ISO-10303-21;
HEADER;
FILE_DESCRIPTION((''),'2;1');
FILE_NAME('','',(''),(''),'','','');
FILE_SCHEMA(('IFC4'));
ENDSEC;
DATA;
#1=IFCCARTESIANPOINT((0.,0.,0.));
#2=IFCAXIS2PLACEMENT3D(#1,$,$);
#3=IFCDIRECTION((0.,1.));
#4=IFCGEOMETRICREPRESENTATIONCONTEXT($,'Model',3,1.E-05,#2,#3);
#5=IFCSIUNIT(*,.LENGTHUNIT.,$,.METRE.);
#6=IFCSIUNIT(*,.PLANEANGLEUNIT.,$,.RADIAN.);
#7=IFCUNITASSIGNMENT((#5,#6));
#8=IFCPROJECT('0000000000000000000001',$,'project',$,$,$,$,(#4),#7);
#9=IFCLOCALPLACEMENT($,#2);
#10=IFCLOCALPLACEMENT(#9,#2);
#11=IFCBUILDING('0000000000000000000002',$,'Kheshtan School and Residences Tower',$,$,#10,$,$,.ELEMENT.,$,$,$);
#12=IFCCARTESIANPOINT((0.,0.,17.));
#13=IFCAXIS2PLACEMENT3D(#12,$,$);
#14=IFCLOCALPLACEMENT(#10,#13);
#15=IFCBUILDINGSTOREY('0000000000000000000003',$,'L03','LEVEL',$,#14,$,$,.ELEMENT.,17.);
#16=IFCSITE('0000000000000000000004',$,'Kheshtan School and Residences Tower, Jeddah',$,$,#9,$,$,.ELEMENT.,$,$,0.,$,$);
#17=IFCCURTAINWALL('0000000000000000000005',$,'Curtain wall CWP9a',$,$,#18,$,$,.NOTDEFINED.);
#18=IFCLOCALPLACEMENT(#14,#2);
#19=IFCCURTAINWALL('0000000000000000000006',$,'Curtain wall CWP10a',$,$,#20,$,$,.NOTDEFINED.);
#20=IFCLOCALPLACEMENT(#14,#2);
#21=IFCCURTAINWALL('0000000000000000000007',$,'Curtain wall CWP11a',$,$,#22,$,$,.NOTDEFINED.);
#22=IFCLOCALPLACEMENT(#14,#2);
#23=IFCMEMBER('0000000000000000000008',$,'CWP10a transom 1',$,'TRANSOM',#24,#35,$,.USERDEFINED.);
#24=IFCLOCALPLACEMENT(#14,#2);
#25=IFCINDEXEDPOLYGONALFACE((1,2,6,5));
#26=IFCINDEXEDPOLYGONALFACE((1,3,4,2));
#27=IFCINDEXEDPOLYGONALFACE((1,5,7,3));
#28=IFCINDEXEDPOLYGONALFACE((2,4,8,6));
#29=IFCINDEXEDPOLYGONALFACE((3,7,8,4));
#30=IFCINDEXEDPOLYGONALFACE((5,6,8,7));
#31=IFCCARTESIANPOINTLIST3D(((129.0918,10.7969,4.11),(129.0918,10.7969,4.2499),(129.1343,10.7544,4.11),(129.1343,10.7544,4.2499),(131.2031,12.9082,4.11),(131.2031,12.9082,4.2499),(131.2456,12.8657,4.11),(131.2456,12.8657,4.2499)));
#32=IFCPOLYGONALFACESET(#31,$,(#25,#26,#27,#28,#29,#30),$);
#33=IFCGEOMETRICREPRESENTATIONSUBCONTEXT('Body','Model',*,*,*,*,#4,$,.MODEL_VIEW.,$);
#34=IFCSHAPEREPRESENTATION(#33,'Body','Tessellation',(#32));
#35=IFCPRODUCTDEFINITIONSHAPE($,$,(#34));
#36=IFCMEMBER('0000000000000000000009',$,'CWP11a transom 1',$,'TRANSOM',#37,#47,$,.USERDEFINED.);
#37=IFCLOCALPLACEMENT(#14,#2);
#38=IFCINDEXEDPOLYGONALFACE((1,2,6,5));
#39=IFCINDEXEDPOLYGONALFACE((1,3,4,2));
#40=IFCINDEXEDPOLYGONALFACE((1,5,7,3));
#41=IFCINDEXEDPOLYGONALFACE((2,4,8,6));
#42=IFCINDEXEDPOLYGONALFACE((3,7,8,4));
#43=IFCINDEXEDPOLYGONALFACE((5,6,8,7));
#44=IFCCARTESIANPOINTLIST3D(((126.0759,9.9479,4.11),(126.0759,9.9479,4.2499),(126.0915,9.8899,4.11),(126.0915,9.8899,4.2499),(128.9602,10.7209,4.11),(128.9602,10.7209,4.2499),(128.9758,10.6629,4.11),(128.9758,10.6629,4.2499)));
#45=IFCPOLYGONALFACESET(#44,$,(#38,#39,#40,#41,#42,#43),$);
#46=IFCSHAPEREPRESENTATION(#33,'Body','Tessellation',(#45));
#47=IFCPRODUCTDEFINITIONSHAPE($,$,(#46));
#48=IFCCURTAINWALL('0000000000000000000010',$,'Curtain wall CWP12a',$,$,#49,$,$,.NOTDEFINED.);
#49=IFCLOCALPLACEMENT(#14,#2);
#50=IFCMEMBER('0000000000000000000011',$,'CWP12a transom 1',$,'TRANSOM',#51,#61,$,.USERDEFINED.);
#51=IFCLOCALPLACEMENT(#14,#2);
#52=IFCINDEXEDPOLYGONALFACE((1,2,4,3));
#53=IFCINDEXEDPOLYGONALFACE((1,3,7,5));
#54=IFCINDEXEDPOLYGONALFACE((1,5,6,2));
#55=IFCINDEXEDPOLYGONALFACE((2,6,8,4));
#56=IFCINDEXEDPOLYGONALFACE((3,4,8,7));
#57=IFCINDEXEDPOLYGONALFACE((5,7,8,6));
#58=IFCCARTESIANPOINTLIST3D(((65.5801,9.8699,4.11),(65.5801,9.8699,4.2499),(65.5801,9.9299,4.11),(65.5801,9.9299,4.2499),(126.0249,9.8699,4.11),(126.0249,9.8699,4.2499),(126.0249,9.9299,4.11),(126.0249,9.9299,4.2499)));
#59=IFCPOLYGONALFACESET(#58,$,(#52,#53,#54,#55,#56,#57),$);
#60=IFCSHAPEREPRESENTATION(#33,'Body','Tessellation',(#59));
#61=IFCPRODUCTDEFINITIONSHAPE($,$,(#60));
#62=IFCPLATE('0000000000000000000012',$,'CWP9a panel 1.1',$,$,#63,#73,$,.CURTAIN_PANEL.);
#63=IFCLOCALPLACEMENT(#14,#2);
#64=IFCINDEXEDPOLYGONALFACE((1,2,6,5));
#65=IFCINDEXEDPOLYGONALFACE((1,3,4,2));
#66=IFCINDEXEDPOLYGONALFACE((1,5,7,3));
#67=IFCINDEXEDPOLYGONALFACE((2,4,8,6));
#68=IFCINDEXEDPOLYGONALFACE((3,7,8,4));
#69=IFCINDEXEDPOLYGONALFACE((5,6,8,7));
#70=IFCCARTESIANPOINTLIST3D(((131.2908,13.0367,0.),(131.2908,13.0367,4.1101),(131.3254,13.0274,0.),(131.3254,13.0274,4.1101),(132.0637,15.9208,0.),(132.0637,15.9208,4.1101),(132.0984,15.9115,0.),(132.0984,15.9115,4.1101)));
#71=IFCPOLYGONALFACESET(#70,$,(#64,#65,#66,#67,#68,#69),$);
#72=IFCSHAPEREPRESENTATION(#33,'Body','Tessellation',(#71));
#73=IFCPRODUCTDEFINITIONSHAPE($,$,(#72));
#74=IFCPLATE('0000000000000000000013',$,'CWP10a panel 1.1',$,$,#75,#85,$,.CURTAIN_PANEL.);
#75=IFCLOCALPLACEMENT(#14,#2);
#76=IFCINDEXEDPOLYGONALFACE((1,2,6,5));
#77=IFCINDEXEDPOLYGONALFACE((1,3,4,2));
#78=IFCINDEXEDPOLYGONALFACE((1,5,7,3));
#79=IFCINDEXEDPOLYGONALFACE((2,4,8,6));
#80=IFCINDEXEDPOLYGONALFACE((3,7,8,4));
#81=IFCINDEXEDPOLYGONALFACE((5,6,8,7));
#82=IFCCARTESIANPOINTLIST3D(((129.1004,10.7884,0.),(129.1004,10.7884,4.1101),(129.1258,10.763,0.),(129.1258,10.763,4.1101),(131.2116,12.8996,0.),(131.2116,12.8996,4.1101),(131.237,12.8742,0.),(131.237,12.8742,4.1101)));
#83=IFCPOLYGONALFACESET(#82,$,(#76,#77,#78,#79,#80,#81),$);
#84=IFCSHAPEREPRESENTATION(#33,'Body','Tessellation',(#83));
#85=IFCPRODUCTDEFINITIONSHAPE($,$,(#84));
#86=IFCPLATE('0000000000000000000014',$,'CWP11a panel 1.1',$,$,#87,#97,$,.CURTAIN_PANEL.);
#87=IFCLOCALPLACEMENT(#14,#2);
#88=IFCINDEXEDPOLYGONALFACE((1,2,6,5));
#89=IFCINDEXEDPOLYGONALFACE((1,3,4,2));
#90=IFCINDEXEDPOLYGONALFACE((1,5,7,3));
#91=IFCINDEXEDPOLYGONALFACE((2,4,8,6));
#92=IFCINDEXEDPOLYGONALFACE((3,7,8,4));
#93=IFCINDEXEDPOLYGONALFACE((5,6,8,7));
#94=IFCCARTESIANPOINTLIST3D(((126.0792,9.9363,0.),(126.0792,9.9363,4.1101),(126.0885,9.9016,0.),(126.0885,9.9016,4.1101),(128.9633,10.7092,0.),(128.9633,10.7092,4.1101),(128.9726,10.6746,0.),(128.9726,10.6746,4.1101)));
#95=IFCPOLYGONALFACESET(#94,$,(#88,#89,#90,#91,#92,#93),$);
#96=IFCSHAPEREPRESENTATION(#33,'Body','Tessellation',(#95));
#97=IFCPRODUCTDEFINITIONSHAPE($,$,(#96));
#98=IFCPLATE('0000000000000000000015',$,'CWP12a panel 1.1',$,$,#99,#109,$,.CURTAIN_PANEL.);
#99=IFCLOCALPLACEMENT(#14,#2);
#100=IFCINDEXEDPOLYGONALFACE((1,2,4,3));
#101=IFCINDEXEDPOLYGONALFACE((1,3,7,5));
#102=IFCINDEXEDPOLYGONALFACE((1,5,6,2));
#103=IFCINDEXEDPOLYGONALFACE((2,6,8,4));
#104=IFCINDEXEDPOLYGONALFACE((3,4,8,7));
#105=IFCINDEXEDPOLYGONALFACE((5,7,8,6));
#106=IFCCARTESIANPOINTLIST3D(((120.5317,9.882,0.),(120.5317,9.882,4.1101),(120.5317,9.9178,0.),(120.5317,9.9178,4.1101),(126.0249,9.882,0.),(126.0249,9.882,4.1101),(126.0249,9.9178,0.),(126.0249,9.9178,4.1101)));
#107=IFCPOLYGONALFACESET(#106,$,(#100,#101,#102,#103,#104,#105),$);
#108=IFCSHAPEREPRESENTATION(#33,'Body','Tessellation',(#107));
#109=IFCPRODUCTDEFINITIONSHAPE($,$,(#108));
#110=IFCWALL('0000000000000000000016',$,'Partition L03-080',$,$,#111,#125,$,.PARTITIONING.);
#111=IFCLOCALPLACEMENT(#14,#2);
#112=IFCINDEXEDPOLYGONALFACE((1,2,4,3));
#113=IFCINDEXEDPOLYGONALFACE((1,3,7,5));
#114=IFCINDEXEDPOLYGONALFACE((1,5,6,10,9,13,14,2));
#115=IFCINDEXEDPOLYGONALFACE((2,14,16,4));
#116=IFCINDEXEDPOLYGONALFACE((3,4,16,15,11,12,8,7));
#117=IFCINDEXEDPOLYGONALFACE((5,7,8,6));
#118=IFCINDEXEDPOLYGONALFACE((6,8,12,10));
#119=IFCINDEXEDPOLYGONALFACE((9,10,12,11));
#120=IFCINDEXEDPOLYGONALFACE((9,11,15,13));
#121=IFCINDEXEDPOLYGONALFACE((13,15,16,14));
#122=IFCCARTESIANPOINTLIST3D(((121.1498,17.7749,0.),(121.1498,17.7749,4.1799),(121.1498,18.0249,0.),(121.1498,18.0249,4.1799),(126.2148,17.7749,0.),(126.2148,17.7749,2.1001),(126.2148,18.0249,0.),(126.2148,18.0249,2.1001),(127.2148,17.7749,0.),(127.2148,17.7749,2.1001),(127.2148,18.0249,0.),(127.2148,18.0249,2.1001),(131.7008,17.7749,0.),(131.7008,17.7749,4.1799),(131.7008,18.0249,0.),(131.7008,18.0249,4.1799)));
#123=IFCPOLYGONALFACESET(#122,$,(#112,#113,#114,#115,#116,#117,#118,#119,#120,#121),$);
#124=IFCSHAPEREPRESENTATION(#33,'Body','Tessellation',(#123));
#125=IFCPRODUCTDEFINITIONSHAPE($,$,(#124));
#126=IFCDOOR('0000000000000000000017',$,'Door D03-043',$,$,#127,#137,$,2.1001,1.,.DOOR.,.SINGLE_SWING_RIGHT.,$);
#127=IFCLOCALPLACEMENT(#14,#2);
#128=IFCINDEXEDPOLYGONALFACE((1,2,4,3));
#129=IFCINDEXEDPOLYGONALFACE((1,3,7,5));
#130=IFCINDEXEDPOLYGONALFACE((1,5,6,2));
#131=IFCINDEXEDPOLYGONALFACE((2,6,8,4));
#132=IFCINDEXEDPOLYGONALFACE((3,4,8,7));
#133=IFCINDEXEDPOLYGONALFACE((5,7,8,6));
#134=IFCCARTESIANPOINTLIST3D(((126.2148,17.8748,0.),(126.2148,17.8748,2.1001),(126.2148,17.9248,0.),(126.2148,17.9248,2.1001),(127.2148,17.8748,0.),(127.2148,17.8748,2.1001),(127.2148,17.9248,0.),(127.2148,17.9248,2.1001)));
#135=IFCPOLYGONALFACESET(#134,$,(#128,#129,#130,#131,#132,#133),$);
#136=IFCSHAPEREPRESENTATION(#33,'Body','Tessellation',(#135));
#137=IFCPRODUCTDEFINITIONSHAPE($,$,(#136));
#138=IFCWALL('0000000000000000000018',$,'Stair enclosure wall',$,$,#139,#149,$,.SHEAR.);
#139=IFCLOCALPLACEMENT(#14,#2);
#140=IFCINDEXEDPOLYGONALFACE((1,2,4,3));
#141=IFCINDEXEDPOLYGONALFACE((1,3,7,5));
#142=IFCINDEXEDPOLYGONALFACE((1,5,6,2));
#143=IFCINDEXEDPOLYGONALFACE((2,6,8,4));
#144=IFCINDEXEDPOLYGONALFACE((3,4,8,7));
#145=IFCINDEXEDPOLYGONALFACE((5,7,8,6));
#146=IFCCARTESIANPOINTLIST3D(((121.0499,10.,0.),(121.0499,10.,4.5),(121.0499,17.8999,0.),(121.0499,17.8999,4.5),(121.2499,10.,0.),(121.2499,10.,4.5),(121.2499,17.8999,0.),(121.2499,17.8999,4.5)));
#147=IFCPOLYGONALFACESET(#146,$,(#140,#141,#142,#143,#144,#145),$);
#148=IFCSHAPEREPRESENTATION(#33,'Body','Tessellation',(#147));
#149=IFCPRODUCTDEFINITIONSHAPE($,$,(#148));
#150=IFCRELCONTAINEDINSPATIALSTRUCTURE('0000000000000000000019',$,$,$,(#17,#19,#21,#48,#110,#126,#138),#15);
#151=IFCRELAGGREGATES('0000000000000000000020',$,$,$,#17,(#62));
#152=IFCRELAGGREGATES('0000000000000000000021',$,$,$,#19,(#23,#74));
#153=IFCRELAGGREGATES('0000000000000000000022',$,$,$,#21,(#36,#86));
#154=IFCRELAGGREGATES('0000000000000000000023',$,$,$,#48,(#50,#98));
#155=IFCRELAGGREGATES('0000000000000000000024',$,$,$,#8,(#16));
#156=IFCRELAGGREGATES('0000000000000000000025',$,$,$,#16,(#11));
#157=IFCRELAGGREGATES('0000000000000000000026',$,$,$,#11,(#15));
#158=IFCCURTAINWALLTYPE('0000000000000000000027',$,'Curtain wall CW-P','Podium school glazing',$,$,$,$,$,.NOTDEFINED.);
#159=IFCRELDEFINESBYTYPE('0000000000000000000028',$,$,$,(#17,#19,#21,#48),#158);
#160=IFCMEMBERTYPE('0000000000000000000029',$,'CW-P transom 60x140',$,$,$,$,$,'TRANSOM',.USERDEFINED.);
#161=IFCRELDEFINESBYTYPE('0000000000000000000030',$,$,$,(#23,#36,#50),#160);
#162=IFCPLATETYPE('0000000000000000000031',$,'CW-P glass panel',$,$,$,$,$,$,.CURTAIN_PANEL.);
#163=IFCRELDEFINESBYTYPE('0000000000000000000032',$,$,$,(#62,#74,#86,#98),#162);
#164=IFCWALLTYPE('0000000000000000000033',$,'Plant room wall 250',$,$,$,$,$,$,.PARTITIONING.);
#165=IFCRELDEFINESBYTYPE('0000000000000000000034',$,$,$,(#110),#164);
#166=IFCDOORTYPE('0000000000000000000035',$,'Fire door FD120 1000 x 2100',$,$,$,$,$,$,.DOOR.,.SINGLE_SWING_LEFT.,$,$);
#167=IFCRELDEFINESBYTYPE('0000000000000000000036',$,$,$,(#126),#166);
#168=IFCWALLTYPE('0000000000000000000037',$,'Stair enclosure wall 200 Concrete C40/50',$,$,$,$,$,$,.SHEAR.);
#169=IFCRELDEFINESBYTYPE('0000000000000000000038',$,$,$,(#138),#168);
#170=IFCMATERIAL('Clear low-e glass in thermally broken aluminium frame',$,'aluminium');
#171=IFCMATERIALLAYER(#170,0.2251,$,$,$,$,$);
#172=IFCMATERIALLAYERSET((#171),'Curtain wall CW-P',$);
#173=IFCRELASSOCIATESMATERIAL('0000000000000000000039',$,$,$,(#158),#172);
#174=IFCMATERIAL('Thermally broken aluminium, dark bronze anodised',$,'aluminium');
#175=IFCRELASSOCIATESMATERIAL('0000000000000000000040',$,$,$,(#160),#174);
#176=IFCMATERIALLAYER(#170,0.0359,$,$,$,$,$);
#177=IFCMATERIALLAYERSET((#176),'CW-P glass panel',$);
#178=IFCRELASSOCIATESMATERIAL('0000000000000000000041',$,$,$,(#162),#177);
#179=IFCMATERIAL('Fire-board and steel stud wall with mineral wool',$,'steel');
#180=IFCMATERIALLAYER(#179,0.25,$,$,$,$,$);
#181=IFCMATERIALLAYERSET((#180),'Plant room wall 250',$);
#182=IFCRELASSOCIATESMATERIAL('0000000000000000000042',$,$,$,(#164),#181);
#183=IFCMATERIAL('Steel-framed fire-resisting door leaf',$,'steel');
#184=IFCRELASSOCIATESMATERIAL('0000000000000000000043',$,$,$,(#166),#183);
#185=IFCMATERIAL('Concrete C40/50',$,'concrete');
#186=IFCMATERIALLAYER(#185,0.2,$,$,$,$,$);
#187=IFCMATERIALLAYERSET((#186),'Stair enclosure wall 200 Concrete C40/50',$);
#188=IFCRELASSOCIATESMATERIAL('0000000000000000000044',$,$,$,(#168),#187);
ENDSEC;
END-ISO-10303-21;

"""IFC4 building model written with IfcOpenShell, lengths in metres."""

from ifc_helpers import new_model, si_unit, direction, frame, frame_2d, origin, origin_2d, place, context, subcontext, project, spatial, rectangle, extrude, source, transform, mapped, material, layer, layer_set, material_profile, profile_set, type_object, element, fill, aggregate, save


model = new_model("IFC4")

# Units and contexts
model_context = context("Model", 3, precision=1e-05, world=origin(), true_north=direction((0.0, 1.0)))
body_context = subcontext(model_context, "Body", "Model", "MODEL_VIEW")
ifc_project = project(units=[si_unit("LENGTHUNIT", "METRE"), si_unit("PLANEANGLEUNIT", "RADIAN")], contexts=[model_context])

# Site, building, storey
site_placement = place(None, origin())
site = spatial("IfcSite", under=ifc_project, at=site_placement, Name="Kheshtan School and Residences Tower, Jeddah", CompositionType="ELEMENT", RefElevation=0.0)
building_placement = place(site_placement, origin())
building = spatial("IfcBuilding", under=site, at=building_placement, Name="Kheshtan School and Residences Tower", CompositionType="ELEMENT")
storey_placement = place(building_placement, frame((0.0, 0.0, 17.0)))
storey = spatial("IfcBuildingStorey", under=building, at=storey_placement, Name="L03", Description="LEVEL", CompositionType="ELEMENT", Elevation=17.0)

# Curtain walls
ifc_material_1 = material(Name="Clear low-e glass in thermally broken aluminium frame", Category="aluminium")
ifc_layer_1 = layer(ifc_material_1, 0.2251)
ifc_layer_set_1 = layer_set([ifc_layer_1], Name="Curtain wall CW-P")
curtain_wall_type = type_object("IfcCurtainWallType", Name="Curtain wall CW-P", Description="Podium school glazing", PredefinedType="NOTDEFINED", material=ifc_layer_set_1)
curtain_wall_1_placement = place(storey_placement, origin())
curtain_wall_1 = element("IfcCurtainWall", 1, at=curtain_wall_1_placement, inside=storey, type_object=curtain_wall_type, Name="Curtain wall CWP9a", PredefinedType="NOTDEFINED")
ifc_material_2 = material(Name="Thermally broken aluminium, dark bronze anodised", Category="aluminium")
curtain_wall_2_placement = place(storey_placement, origin())
curtain_wall_2 = element("IfcCurtainWall", 2, at=curtain_wall_2_placement, inside=storey, type_object=curtain_wall_type, Name="Curtain wall CWP10a", PredefinedType="NOTDEFINED")
curtain_wall_3_placement = place(storey_placement, origin())
curtain_wall_3 = element("IfcCurtainWall", 3, at=curtain_wall_3_placement, inside=storey, type_object=curtain_wall_type, Name="Curtain wall CWP11a", PredefinedType="NOTDEFINED")

# Members
ifc_material_profile_1 = material_profile(ifc_material_2, rectangle(XDim=0.0601, YDim=0.1399, at=origin_2d()), Name="CW-P transom 60x140")
ifc_profile_set_1 = profile_set([ifc_material_profile_1], Name="Thermally broken aluminium, dark bronze anodised")
member_type_1 = type_object("IfcMemberType", Name="CW-P transom 60x140", ElementType="TRANSOM", PredefinedType="USERDEFINED", material=ifc_profile_set_1)
member_1_placement = place(storey_placement, frame((131.2244, 12.887, 4.1799), z_axis=(-0.707107, -0.707107, 0.0), x_axis=(0.707107, -0.707107, 0.0)))
member_1 = element("IfcMember", 4, at=member_1_placement, type_object=member_type_1, Name="CWP10a transom 1", ObjectType="TRANSOM", PredefinedType="USERDEFINED", context=body_context, shape_type="SweptSolid", body=[
    extrude(rectangle(XDim=0.0601, YDim=0.1399, at=origin_2d()), origin(), (0.0, 0.0, 1.0), 2.9858),
])
member_2_placement = place(storey_placement, frame((128.968, 10.6919, 4.1799), z_axis=(-0.965917, -0.258853, 0.0), x_axis=(0.258853, -0.965917, 0.0)))
member_2 = element("IfcMember", 5, at=member_2_placement, type_object=member_type_1, Name="CWP11a transom 1", ObjectType="TRANSOM", PredefinedType="USERDEFINED", context=body_context, shape_type="SweptSolid", body=[
    extrude(rectangle(XDim=0.0601, YDim=0.1399, at=origin_2d()), origin(), (0.0, 0.0, 1.0), 2.9861),
])

# Curtain wall, member
curtain_wall_4_placement = place(storey_placement, origin())
curtain_wall_4 = element("IfcCurtainWall", 6, at=curtain_wall_4_placement, inside=storey, type_object=curtain_wall_type, Name="Curtain wall CWP12a", PredefinedType="NOTDEFINED")
member_3_placement = place(storey_placement, frame((126.0249, 9.8999, 4.1799), z_axis=(-1.0, 0.0, 0.0), x_axis=(0.0, -1.0, 0.0)))
member_3 = element("IfcMember", 7, at=member_3_placement, type_object=member_type_1, Name="CWP12a transom 1", ObjectType="TRANSOM", PredefinedType="USERDEFINED", context=body_context, shape_type="SweptSolid", body=[
    extrude(rectangle(XDim=0.0601, YDim=0.1399, at=origin_2d()), origin(), (0.0, 0.0, 1.0), 60.4448),
])

# Plates
ifc_layer_2 = layer(ifc_material_1, 0.0359)
ifc_layer_set_2 = layer_set([ifc_layer_2], Name="CW-P glass panel")
plate_type = type_object("IfcPlateType", Name="CW-P glass panel", PredefinedType="CURTAIN_PANEL", material=ifc_layer_set_2)
plate_1_placement = place(storey_placement, frame((131.6946, 14.4741, 0.0), z_axis=(0.0, 0.0, 1.0), x_axis=(-0.258865, -0.965914, 0.0)))
plate_1 = element("IfcPlate", 8, at=plate_1_placement, type_object=plate_type, Name="CWP9a panel 1.1", PredefinedType="CURTAIN_PANEL", context=body_context, shape_type="SweptSolid", body=[
    extrude(rectangle(XDim=2.9858, YDim=0.0359, at=origin_2d()), origin(), (0.0, 0.0, 1.0), 4.1101),
])
aggregate(curtain_wall_1, [plate_1])
plate_2_placement = place(storey_placement, frame((130.1687, 11.8313, 0.0), z_axis=(0.0, 0.0, 1.0), x_axis=(-0.707107, -0.707107, 0.0)))
plate_2 = element("IfcPlate", 9, at=plate_2_placement, type_object=plate_type, Name="CWP10a panel 1.1", PredefinedType="CURTAIN_PANEL", context=body_context, shape_type="SweptSolid", body=[
    extrude(rectangle(XDim=2.9856, YDim=0.0359, at=origin_2d()), origin(), (0.0, 0.0, 1.0), 4.1101),
])
aggregate(curtain_wall_2, [member_1, plate_2])
plate_3_placement = place(storey_placement, frame((127.5259, 10.3054, 0.0), z_axis=(0.0, 0.0, 1.0), x_axis=(-0.965914, -0.258865, 0.0)))
plate_3 = element("IfcPlate", 10, at=plate_3_placement, type_object=plate_type, Name="CWP11a panel 1.1", PredefinedType="CURTAIN_PANEL", context=body_context, shape_type="SweptSolid", body=[
    extrude(rectangle(XDim=2.9858, YDim=0.0359, at=origin_2d()), origin(), (0.0, 0.0, 1.0), 4.1101),
])
aggregate(curtain_wall_3, [member_2, plate_3])
plate_4_placement = place(storey_placement, frame((123.2783, 9.8999, 0.0), z_axis=(0.0, 0.0, 1.0), x_axis=(-1.0, 0.0, 0.0)))
plate_4 = element("IfcPlate", 11, at=plate_4_placement, type_object=plate_type, Name="CWP12a panel 1.1", PredefinedType="CURTAIN_PANEL", context=body_context, shape_type="SweptSolid", body=[
    extrude(rectangle(XDim=5.4932, YDim=0.0359, at=origin_2d()), origin(), (0.0, 0.0, 1.0), 4.1101),
])
aggregate(curtain_wall_4, [member_3, plate_4])

# Wall, opening, door
ifc_material_3 = material(Name="Fire-board and steel stud wall with mineral wool", Category="steel")
ifc_layer_3 = layer(ifc_material_3, 0.25)
ifc_layer_set_3 = layer_set([ifc_layer_3], Name="Plant room wall 250")
wall_type_1 = type_object("IfcWallType", Name="Plant room wall 250", PredefinedType="PARTITIONING", material=ifc_layer_set_3)
wall_1_placement = place(storey_placement, frame((121.1499, 17.8999, 0.0), z_axis=(0.0, 0.0, 1.0), x_axis=(1.0, 0.0, 0.0)))
wall_1 = element("IfcWall", 12, at=wall_1_placement, inside=storey, type_object=wall_type_1, Name="Partition L03-080", PredefinedType="PARTITIONING", context=body_context, shape_type="SweptSolid", body=[
    extrude(rectangle(XDim=10.551, YDim=0.25, at=frame_2d((5.2754, 0.0))), origin(), (0.0, 0.0, 1.0), 4.1799),
])
opening_placement = place(wall_1_placement, frame((5.0649, 0.0, 0.0)))
opening = element("IfcOpeningElement", 13, at=opening_placement, cuts=wall_1, PredefinedType="OPENING", context=body_context, shape_type="SweptSolid", body=[
    extrude(rectangle(XDim=1.0, YDim=2.1001, at=frame_2d((0.5, 1.05))), frame((0.0, 0.135, 0.0), z_axis=(0.0, -1.0, 0.0), x_axis=(1.0, 0.0, 0.0)), (0.0, 0.0, 1.0), 0.27),
])
ifc_material_4 = material(Name="Steel-framed fire-resisting door leaf", Category="steel")
door_type = type_object("IfcDoorType", Name="Fire door FD120 1000 x 2100", OperationType="SINGLE_SWING_LEFT", PredefinedType="DOOR", material=ifc_material_4)
shared_shape = source(origin(), body_context, "Body", "SweptSolid", [
    extrude(rectangle(XDim=1.0, YDim=2.1001, at=frame_2d((0.5, 1.05))), frame((0.0, 0.0249, 0.0), z_axis=(0.0, -1.0, 0.0), x_axis=(1.0, 0.0, 0.0)), (0.0, 0.0, 1.0), 0.05),
])
door_placement = place(opening_placement, origin())
door = element("IfcDoor", 14, at=door_placement, inside=storey, type_object=door_type, Name="Door D03-043", OperationType="SINGLE_SWING_RIGHT", OverallHeight=2.1001, OverallWidth=1.0, PredefinedType="DOOR", context=body_context, shape_type="MappedRepresentation", body=[
    mapped(shared_shape, transform((0.0, 0.0, 0.0), x_axis=(1.0, 0.0, 0.0), y_axis=(0.0, 1.0, 0.0), z_axis=(0.0, 0.0, 1.0), scale=1.0)),
])
fill(opening, door)

# Wall
ifc_material_5 = material(Name="Concrete C40/50", Category="concrete")
ifc_layer_4 = layer(ifc_material_5, 0.2)
ifc_layer_set_4 = layer_set([ifc_layer_4], Name="Stair enclosure wall 200 Concrete C40/50")
wall_type_2 = type_object("IfcWallType", Name="Stair enclosure wall 200 Concrete C40/50", PredefinedType="SHEAR", material=ifc_layer_set_4)
wall_2_placement = place(storey_placement, frame((121.1499, 10.0, 0.0), z_axis=(0.0, 0.0, 1.0), x_axis=(0.0, 1.0, 0.0)))
element("IfcWall", 15, at=wall_2_placement, inside=storey, type_object=wall_type_2, Name="Stair enclosure wall", PredefinedType="SHEAR", context=body_context, shape_type="SweptSolid", body=[
    extrude(rectangle(XDim=7.8999, YDim=0.2, at=frame_2d((3.95, 0.0))), origin(), (0.0, 0.0, 1.0), 4.5),
])

save(model, "model.ifc")
